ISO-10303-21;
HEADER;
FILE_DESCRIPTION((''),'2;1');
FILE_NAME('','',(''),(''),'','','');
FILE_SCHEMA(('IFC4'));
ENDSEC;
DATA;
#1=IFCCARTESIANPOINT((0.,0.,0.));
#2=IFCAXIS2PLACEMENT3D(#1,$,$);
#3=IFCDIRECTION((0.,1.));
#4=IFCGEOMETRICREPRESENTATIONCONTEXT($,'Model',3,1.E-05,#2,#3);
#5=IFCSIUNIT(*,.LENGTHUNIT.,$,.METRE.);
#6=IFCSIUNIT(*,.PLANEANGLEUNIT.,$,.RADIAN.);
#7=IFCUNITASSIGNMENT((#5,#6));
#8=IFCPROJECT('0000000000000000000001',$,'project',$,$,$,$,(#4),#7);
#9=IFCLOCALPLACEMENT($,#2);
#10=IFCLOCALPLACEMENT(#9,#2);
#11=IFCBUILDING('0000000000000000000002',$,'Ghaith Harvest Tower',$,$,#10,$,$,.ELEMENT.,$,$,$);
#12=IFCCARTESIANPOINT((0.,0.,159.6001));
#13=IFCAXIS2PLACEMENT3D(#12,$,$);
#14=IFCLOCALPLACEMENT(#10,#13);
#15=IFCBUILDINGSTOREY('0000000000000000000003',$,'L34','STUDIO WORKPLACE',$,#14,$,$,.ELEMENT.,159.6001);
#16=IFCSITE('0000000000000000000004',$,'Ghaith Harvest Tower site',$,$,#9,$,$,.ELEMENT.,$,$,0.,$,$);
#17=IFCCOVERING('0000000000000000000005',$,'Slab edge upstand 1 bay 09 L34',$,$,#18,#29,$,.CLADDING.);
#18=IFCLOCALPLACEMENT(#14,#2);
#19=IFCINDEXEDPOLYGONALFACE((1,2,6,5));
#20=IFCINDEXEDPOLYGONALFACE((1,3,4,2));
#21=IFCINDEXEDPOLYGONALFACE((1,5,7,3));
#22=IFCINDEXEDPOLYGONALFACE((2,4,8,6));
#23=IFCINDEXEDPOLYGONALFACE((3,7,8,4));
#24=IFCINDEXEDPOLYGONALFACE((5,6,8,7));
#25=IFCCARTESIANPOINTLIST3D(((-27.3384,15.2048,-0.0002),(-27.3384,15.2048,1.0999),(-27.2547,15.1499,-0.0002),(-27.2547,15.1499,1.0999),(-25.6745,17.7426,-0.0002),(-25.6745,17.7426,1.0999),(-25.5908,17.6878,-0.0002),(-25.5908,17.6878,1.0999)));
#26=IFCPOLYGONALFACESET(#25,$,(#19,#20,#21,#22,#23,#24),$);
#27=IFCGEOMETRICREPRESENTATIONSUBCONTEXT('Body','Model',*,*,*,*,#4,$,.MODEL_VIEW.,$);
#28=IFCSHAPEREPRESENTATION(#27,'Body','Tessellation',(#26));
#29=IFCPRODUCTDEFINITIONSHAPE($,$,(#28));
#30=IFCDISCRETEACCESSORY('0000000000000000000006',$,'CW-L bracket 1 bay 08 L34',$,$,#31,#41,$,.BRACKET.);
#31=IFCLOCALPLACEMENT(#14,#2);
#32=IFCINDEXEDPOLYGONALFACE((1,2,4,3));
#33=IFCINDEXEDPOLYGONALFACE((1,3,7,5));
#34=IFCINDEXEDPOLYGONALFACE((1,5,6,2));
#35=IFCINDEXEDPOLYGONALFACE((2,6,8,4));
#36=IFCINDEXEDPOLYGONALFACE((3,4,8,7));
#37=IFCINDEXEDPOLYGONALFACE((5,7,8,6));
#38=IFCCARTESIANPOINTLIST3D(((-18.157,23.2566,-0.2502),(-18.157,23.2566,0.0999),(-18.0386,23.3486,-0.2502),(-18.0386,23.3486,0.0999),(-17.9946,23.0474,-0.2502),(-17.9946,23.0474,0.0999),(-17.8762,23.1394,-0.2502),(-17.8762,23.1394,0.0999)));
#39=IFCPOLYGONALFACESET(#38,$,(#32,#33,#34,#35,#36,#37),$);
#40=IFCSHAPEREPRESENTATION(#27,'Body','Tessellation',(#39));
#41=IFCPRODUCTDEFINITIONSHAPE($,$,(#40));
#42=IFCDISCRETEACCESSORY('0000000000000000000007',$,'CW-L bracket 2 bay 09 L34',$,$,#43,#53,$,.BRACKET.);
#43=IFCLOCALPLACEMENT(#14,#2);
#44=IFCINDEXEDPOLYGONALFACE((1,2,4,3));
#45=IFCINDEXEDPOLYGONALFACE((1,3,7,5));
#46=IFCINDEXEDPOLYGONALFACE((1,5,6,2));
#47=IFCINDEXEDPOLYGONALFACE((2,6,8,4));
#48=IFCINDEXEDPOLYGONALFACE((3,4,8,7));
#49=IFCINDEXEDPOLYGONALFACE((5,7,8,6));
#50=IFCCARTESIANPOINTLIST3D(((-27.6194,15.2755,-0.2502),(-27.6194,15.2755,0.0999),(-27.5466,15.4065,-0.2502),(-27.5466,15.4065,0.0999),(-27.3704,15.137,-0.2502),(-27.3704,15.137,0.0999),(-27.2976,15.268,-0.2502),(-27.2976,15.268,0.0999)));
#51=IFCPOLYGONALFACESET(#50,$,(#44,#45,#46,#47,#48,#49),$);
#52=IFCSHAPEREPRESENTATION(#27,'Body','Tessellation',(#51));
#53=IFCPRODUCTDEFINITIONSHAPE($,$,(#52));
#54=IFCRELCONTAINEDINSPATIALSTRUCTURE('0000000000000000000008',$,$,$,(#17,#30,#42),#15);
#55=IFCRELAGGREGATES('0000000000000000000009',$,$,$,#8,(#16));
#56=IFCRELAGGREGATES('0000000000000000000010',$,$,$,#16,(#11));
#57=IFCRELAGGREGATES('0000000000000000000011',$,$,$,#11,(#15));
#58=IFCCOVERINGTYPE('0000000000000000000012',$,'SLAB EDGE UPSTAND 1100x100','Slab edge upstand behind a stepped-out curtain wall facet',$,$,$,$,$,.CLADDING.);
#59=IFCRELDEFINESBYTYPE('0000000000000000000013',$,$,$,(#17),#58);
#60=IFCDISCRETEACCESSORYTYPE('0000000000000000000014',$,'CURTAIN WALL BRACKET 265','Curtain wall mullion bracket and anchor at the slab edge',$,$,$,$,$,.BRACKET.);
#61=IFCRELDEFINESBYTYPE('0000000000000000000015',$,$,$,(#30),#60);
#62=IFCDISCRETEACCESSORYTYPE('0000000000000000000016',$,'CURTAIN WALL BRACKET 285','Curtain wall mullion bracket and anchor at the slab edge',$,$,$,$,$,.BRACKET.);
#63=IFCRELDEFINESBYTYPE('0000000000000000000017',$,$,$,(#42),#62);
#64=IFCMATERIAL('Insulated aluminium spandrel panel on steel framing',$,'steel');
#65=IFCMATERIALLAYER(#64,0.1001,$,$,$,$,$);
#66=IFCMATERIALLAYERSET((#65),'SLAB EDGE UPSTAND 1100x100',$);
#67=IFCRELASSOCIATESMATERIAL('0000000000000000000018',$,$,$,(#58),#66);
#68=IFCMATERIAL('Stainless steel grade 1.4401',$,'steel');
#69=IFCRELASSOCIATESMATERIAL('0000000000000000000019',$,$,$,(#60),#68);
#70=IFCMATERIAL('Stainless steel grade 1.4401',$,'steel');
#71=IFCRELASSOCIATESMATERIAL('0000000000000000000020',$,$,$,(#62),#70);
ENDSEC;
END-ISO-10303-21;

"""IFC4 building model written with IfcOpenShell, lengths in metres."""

from ifc_helpers import new_model, si_unit, direction, frame, origin, origin_2d, place, context, subcontext, project, spatial, rectangle, extrude, material, layer, layer_set, type_object, element, save


model = new_model("IFC4")

# Units and contexts
model_context = context("Model", 3, precision=1e-05, world=origin(), true_north=direction((0.0, 1.0)))
body_context = subcontext(model_context, "Body", "Model", "MODEL_VIEW")
ifc_project = project(units=[si_unit("LENGTHUNIT", "METRE"), si_unit("PLANEANGLEUNIT", "RADIAN")], contexts=[model_context])

# Site, building, storey
site_placement = place(None, origin())
site = spatial("IfcSite", under=ifc_project, at=site_placement, Name="Ghaith Harvest Tower site", CompositionType="ELEMENT", RefElevation=0.0)
building_placement = place(site_placement, origin())
building = spatial("IfcBuilding", under=site, at=building_placement, Name="Ghaith Harvest Tower", CompositionType="ELEMENT")
storey_placement = place(building_placement, frame((0.0, 0.0, 159.6001)))
storey = spatial("IfcBuildingStorey", under=building, at=storey_placement, Name="L34", Description="STUDIO WORKPLACE", CompositionType="ELEMENT", Elevation=159.6001)

# Covering
ifc_material_1 = material(Name="Insulated aluminium spandrel panel on steel framing", Category="steel")
ifc_layer_1 = layer(ifc_material_1, 0.1001)
ifc_layer_set_1 = layer_set([ifc_layer_1], Name="SLAB EDGE UPSTAND 1100x100")
covering_type = type_object("IfcCoveringType", Name="SLAB EDGE UPSTAND 1100x100", Description="Slab edge upstand behind a stepped-out curtain wall facet", PredefinedType="CLADDING", material=ifc_layer_set_1)
covering_1_placement = place(storey_placement, frame((-26.4646, 16.4463, -0.0002), z_axis=(0.0, 0.0, 1.0), x_axis=(-0.548312, -0.836274, 0.0)))
element("IfcCovering", 1, at=covering_1_placement, inside=storey, type_object=covering_type, Name="Slab edge upstand 1 bay 09 L34", PredefinedType="CLADDING", context=body_context, shape_type="SweptSolid", body=[
    extrude(rectangle(XDim=3.0347, YDim=0.1001, at=origin_2d()), origin(), (0.0, 0.0, 1.0), 1.1001),
])

# Discrete accessories
ifc_material_2 = material(Name="Stainless steel grade 1.4401", Category="steel")
discrete_accessory_type_1 = type_object("IfcDiscreteAccessoryType", Name="CURTAIN WALL BRACKET 265", Description="Curtain wall mullion bracket and anchor at the slab edge", PredefinedType="BRACKET", material=ifc_material_2)
discrete_accessory_1_placement = place(storey_placement, frame((-18.0166, 23.198, -0.2502), z_axis=(0.0, 0.0, 1.0), x_axis=(-0.613378, 0.78979, 0.0)))
element("IfcDiscreteAccessory", 2, at=discrete_accessory_1_placement, inside=storey, type_object=discrete_accessory_type_1, Name="CW-L bracket 1 bay 08 L34", PredefinedType="BRACKET", context=body_context, shape_type="SweptSolid", body=[
    extrude(rectangle(XDim=0.2649, YDim=0.1499, at=origin_2d()), origin(), (0.0, 0.0, 1.0), 0.3501),
])
ifc_material_3 = material(Name="Stainless steel grade 1.4401", Category="steel")
discrete_accessory_type_2 = type_object("IfcDiscreteAccessoryType", Name="CURTAIN WALL BRACKET 285", Description="Curtain wall mullion bracket and anchor at the slab edge", PredefinedType="BRACKET", material=ifc_material_3)
discrete_accessory_2_placement = place(storey_placement, frame((-27.4585, 15.2717, -0.2502), z_axis=(0.0, 0.0, 1.0), x_axis=(-0.873927, 0.486057, 0.0)))
element("IfcDiscreteAccessory", 3, at=discrete_accessory_2_placement, inside=storey, type_object=discrete_accessory_type_2, Name="CW-L bracket 2 bay 09 L34", PredefinedType="BRACKET", context=body_context, shape_type="SweptSolid", body=[
    extrude(rectangle(XDim=0.2849, YDim=0.1499, at=origin_2d()), origin(), (0.0, 0.0, 1.0), 0.3501),
])

save(model, "model.ifc")
